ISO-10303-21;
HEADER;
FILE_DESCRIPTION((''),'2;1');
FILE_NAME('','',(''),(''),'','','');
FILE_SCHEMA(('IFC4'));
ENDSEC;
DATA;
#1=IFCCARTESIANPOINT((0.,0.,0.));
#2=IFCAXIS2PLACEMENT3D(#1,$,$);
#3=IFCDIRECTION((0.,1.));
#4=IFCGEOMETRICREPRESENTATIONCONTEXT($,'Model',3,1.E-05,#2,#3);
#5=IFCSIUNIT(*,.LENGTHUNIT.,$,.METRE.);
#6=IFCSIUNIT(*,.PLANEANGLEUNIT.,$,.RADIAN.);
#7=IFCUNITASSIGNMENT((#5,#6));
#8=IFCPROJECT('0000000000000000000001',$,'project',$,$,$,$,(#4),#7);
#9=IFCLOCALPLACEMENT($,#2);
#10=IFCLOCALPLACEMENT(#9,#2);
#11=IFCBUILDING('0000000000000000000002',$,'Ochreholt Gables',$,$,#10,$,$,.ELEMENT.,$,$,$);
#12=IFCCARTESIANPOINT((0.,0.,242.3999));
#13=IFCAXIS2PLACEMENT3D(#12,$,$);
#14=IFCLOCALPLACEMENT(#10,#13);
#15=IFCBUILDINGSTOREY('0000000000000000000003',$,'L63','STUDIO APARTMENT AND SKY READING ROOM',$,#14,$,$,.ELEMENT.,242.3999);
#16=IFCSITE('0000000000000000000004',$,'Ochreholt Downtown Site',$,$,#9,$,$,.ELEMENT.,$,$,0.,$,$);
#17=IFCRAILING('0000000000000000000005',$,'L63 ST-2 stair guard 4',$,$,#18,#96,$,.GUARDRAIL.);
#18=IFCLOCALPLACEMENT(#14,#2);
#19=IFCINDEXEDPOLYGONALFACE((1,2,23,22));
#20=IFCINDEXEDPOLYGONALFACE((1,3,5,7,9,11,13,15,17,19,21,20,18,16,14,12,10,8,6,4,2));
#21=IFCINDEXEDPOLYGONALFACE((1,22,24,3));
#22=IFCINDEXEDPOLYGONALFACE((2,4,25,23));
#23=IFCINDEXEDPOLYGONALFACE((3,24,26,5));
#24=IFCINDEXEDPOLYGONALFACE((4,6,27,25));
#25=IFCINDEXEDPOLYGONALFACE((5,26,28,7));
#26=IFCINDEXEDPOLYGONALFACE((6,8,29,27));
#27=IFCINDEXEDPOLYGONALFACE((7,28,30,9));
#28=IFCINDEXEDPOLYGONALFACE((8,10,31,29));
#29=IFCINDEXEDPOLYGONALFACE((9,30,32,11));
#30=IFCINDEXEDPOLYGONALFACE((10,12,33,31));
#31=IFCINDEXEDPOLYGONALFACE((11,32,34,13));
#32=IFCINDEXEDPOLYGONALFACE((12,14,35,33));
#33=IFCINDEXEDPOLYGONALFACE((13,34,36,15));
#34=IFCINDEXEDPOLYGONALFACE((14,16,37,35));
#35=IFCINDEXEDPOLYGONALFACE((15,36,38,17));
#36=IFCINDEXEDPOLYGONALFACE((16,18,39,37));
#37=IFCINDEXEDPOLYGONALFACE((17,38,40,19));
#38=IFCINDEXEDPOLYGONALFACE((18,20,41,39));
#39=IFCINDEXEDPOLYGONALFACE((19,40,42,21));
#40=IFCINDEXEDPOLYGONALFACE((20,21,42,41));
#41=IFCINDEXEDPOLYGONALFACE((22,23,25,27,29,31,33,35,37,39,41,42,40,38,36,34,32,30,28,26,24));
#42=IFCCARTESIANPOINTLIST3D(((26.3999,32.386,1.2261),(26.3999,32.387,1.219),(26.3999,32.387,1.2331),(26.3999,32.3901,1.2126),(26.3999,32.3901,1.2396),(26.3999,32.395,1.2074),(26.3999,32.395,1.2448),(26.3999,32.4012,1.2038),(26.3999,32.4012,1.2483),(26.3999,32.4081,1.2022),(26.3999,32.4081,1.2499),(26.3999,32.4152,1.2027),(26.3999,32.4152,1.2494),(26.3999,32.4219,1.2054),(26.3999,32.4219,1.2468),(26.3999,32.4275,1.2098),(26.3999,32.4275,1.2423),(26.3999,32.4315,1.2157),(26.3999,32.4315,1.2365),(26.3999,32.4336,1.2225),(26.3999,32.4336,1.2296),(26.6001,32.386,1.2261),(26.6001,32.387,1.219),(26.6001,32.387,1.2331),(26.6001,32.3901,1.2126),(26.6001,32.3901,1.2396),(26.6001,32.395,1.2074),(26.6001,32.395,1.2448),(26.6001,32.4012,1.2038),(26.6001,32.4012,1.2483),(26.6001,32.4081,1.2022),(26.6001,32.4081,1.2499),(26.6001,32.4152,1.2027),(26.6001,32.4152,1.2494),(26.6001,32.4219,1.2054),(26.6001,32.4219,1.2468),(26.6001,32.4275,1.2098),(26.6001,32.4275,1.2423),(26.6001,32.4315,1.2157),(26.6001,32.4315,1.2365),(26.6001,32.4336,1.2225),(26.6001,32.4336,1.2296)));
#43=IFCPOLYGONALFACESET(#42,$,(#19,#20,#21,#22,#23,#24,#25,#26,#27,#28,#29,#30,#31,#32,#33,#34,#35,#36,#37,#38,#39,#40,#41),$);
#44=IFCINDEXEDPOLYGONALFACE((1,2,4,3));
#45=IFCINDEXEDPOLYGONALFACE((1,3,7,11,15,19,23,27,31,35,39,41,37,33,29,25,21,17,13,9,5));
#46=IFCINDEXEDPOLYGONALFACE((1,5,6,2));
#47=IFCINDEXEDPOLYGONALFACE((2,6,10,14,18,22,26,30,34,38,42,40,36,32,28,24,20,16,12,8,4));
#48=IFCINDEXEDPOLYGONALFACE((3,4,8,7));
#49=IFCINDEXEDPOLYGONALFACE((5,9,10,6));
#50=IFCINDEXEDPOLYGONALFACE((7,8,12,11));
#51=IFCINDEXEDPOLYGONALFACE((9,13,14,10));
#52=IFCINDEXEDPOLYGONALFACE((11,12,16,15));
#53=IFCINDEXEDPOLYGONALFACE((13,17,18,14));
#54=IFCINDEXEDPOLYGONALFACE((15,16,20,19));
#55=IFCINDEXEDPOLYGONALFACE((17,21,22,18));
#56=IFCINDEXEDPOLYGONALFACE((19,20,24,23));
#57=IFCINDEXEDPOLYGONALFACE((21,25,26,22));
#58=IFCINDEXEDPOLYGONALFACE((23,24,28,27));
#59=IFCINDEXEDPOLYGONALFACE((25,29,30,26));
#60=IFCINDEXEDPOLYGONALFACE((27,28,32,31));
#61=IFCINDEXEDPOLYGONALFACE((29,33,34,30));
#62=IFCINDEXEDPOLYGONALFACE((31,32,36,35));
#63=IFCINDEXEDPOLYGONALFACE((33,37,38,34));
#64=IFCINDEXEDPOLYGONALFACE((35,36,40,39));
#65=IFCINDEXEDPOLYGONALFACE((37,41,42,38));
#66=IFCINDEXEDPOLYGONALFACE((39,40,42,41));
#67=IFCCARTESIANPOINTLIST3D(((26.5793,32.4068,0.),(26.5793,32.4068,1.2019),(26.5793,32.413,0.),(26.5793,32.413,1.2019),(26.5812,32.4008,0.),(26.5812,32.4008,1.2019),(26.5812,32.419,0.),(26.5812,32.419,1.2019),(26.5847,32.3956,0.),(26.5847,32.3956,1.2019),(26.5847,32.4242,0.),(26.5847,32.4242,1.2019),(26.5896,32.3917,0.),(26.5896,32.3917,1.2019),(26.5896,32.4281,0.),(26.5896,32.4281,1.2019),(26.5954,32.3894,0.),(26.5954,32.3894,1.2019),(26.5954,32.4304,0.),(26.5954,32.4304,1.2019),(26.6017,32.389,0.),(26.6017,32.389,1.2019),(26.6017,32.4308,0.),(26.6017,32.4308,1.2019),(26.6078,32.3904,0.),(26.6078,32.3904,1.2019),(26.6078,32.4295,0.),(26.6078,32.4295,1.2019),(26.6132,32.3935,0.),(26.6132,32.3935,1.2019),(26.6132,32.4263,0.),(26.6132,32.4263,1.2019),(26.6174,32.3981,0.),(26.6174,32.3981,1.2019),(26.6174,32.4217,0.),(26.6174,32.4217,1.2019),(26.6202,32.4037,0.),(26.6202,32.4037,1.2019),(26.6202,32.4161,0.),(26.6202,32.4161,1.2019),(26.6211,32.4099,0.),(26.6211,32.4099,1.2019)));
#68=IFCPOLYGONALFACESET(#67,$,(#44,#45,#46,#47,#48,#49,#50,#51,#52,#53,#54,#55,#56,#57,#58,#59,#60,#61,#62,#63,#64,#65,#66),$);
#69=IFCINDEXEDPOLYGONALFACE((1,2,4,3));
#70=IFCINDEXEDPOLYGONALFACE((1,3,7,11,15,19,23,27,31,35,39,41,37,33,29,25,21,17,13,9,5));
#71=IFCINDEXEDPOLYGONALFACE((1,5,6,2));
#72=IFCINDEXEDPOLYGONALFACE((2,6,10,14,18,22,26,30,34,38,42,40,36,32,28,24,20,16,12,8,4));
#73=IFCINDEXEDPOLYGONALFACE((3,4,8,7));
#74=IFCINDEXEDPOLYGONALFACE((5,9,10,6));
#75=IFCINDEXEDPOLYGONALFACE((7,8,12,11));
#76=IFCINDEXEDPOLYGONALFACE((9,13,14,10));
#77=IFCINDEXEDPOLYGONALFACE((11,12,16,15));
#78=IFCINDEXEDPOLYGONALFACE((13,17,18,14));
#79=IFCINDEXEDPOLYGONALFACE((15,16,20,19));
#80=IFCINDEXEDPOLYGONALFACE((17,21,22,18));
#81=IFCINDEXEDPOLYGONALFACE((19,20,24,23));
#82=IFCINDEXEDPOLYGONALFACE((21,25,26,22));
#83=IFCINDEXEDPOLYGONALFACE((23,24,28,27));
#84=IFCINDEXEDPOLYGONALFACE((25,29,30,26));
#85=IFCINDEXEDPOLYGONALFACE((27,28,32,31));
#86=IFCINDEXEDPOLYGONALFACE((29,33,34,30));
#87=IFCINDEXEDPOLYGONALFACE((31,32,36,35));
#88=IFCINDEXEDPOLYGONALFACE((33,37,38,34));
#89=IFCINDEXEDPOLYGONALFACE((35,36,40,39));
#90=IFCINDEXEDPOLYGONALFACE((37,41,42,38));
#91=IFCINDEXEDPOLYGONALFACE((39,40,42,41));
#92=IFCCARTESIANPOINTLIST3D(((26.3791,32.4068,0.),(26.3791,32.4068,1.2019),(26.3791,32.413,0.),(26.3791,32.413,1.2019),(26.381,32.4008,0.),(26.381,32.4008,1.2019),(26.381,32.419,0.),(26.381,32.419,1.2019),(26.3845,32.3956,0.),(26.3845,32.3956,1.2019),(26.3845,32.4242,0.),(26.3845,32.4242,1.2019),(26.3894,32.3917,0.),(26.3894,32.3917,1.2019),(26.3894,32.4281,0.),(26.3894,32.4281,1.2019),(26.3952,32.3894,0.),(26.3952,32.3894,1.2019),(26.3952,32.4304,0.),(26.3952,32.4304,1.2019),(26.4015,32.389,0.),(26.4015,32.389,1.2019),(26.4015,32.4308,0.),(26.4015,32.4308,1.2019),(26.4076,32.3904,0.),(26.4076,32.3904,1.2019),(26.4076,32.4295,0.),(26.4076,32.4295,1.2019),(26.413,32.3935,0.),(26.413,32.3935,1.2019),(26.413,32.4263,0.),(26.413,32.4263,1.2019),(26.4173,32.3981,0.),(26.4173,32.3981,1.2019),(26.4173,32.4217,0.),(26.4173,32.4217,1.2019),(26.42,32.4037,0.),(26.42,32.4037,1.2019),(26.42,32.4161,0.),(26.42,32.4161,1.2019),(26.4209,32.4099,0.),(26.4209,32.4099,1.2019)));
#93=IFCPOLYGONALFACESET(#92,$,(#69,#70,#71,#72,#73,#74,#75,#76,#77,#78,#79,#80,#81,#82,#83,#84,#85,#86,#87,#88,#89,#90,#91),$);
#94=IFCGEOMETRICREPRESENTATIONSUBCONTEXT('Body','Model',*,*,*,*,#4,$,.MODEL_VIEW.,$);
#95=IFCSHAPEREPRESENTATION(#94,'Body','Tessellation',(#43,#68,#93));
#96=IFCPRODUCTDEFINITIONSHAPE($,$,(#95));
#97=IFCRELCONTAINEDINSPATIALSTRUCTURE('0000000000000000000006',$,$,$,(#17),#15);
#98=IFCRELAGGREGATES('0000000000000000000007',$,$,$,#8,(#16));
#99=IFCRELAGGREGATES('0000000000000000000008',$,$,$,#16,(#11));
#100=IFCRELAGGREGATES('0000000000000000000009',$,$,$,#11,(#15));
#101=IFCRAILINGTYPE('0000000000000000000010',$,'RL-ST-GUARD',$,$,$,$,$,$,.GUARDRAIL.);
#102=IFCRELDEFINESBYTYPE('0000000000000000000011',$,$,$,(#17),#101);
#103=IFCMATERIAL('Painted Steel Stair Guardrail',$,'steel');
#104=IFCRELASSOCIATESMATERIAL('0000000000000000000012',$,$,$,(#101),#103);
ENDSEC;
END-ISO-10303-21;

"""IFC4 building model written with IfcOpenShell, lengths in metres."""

from ifc_helpers import new_model, si_unit, direction, frame, origin, origin_2d, place, context, subcontext, project, spatial, circle, extrude, material, type_object, element, save


model = new_model("IFC4")

# Units and contexts
model_context = context("Model", 3, precision=1e-05, world=origin(), true_north=direction((0.0, 1.0)))
body_context = subcontext(model_context, "Body", "Model", "MODEL_VIEW")
ifc_project = project(units=[si_unit("LENGTHUNIT", "METRE"), si_unit("PLANEANGLEUNIT", "RADIAN")], contexts=[model_context])

# Site, building, storey
site_placement = place(None, origin())
site = spatial("IfcSite", under=ifc_project, at=site_placement, Name="Ochreholt Downtown Site", CompositionType="ELEMENT", RefElevation=0.0)
building_placement = place(site_placement, origin())
building = spatial("IfcBuilding", under=site, at=building_placement, Name="Ochreholt Gables", CompositionType="ELEMENT")
storey_placement = place(building_placement, frame((0.0, 0.0, 242.3999)))
storey = spatial("IfcBuildingStorey", under=building, at=storey_placement, Name="L63", Description="STUDIO APARTMENT AND SKY READING ROOM", CompositionType="ELEMENT", Elevation=242.3999)

# Railing
ifc_material_1 = material(Name="Painted Steel Stair Guardrail", Category="steel")
railing_type_1 = type_object("IfcRailingType", Name="RL-ST-GUARD", PredefinedType="GUARDRAIL", material=ifc_material_1)
railing_1_placement = place(storey_placement, frame((26.6001, 32.4099, 0.0)))
element("IfcRailing", 1, at=railing_1_placement, inside=storey, type_object=railing_type_1, Name="L63 ST-2 stair guard 4", PredefinedType="GUARDRAIL", context=body_context, shape_type="SweptSolid", body=[
    extrude(circle(Radius=0.0239, at=origin_2d()), frame((0.0, 0.0, 1.2261), z_axis=(-1.0, 0.0, 0.0), x_axis=(0.0, -1.0, 0.0)), (0.0, 0.0, 1.0), 0.2002),
    extrude(circle(Radius=0.021, at=origin_2d()), origin(), (0.0, 0.0, 1.0), 1.2019),
    extrude(circle(Radius=0.021, at=origin_2d()), frame((-0.2002, 0.0, 0.0)), (0.0, 0.0, 1.0), 1.2019),
])

save(model, "model.ifc")
